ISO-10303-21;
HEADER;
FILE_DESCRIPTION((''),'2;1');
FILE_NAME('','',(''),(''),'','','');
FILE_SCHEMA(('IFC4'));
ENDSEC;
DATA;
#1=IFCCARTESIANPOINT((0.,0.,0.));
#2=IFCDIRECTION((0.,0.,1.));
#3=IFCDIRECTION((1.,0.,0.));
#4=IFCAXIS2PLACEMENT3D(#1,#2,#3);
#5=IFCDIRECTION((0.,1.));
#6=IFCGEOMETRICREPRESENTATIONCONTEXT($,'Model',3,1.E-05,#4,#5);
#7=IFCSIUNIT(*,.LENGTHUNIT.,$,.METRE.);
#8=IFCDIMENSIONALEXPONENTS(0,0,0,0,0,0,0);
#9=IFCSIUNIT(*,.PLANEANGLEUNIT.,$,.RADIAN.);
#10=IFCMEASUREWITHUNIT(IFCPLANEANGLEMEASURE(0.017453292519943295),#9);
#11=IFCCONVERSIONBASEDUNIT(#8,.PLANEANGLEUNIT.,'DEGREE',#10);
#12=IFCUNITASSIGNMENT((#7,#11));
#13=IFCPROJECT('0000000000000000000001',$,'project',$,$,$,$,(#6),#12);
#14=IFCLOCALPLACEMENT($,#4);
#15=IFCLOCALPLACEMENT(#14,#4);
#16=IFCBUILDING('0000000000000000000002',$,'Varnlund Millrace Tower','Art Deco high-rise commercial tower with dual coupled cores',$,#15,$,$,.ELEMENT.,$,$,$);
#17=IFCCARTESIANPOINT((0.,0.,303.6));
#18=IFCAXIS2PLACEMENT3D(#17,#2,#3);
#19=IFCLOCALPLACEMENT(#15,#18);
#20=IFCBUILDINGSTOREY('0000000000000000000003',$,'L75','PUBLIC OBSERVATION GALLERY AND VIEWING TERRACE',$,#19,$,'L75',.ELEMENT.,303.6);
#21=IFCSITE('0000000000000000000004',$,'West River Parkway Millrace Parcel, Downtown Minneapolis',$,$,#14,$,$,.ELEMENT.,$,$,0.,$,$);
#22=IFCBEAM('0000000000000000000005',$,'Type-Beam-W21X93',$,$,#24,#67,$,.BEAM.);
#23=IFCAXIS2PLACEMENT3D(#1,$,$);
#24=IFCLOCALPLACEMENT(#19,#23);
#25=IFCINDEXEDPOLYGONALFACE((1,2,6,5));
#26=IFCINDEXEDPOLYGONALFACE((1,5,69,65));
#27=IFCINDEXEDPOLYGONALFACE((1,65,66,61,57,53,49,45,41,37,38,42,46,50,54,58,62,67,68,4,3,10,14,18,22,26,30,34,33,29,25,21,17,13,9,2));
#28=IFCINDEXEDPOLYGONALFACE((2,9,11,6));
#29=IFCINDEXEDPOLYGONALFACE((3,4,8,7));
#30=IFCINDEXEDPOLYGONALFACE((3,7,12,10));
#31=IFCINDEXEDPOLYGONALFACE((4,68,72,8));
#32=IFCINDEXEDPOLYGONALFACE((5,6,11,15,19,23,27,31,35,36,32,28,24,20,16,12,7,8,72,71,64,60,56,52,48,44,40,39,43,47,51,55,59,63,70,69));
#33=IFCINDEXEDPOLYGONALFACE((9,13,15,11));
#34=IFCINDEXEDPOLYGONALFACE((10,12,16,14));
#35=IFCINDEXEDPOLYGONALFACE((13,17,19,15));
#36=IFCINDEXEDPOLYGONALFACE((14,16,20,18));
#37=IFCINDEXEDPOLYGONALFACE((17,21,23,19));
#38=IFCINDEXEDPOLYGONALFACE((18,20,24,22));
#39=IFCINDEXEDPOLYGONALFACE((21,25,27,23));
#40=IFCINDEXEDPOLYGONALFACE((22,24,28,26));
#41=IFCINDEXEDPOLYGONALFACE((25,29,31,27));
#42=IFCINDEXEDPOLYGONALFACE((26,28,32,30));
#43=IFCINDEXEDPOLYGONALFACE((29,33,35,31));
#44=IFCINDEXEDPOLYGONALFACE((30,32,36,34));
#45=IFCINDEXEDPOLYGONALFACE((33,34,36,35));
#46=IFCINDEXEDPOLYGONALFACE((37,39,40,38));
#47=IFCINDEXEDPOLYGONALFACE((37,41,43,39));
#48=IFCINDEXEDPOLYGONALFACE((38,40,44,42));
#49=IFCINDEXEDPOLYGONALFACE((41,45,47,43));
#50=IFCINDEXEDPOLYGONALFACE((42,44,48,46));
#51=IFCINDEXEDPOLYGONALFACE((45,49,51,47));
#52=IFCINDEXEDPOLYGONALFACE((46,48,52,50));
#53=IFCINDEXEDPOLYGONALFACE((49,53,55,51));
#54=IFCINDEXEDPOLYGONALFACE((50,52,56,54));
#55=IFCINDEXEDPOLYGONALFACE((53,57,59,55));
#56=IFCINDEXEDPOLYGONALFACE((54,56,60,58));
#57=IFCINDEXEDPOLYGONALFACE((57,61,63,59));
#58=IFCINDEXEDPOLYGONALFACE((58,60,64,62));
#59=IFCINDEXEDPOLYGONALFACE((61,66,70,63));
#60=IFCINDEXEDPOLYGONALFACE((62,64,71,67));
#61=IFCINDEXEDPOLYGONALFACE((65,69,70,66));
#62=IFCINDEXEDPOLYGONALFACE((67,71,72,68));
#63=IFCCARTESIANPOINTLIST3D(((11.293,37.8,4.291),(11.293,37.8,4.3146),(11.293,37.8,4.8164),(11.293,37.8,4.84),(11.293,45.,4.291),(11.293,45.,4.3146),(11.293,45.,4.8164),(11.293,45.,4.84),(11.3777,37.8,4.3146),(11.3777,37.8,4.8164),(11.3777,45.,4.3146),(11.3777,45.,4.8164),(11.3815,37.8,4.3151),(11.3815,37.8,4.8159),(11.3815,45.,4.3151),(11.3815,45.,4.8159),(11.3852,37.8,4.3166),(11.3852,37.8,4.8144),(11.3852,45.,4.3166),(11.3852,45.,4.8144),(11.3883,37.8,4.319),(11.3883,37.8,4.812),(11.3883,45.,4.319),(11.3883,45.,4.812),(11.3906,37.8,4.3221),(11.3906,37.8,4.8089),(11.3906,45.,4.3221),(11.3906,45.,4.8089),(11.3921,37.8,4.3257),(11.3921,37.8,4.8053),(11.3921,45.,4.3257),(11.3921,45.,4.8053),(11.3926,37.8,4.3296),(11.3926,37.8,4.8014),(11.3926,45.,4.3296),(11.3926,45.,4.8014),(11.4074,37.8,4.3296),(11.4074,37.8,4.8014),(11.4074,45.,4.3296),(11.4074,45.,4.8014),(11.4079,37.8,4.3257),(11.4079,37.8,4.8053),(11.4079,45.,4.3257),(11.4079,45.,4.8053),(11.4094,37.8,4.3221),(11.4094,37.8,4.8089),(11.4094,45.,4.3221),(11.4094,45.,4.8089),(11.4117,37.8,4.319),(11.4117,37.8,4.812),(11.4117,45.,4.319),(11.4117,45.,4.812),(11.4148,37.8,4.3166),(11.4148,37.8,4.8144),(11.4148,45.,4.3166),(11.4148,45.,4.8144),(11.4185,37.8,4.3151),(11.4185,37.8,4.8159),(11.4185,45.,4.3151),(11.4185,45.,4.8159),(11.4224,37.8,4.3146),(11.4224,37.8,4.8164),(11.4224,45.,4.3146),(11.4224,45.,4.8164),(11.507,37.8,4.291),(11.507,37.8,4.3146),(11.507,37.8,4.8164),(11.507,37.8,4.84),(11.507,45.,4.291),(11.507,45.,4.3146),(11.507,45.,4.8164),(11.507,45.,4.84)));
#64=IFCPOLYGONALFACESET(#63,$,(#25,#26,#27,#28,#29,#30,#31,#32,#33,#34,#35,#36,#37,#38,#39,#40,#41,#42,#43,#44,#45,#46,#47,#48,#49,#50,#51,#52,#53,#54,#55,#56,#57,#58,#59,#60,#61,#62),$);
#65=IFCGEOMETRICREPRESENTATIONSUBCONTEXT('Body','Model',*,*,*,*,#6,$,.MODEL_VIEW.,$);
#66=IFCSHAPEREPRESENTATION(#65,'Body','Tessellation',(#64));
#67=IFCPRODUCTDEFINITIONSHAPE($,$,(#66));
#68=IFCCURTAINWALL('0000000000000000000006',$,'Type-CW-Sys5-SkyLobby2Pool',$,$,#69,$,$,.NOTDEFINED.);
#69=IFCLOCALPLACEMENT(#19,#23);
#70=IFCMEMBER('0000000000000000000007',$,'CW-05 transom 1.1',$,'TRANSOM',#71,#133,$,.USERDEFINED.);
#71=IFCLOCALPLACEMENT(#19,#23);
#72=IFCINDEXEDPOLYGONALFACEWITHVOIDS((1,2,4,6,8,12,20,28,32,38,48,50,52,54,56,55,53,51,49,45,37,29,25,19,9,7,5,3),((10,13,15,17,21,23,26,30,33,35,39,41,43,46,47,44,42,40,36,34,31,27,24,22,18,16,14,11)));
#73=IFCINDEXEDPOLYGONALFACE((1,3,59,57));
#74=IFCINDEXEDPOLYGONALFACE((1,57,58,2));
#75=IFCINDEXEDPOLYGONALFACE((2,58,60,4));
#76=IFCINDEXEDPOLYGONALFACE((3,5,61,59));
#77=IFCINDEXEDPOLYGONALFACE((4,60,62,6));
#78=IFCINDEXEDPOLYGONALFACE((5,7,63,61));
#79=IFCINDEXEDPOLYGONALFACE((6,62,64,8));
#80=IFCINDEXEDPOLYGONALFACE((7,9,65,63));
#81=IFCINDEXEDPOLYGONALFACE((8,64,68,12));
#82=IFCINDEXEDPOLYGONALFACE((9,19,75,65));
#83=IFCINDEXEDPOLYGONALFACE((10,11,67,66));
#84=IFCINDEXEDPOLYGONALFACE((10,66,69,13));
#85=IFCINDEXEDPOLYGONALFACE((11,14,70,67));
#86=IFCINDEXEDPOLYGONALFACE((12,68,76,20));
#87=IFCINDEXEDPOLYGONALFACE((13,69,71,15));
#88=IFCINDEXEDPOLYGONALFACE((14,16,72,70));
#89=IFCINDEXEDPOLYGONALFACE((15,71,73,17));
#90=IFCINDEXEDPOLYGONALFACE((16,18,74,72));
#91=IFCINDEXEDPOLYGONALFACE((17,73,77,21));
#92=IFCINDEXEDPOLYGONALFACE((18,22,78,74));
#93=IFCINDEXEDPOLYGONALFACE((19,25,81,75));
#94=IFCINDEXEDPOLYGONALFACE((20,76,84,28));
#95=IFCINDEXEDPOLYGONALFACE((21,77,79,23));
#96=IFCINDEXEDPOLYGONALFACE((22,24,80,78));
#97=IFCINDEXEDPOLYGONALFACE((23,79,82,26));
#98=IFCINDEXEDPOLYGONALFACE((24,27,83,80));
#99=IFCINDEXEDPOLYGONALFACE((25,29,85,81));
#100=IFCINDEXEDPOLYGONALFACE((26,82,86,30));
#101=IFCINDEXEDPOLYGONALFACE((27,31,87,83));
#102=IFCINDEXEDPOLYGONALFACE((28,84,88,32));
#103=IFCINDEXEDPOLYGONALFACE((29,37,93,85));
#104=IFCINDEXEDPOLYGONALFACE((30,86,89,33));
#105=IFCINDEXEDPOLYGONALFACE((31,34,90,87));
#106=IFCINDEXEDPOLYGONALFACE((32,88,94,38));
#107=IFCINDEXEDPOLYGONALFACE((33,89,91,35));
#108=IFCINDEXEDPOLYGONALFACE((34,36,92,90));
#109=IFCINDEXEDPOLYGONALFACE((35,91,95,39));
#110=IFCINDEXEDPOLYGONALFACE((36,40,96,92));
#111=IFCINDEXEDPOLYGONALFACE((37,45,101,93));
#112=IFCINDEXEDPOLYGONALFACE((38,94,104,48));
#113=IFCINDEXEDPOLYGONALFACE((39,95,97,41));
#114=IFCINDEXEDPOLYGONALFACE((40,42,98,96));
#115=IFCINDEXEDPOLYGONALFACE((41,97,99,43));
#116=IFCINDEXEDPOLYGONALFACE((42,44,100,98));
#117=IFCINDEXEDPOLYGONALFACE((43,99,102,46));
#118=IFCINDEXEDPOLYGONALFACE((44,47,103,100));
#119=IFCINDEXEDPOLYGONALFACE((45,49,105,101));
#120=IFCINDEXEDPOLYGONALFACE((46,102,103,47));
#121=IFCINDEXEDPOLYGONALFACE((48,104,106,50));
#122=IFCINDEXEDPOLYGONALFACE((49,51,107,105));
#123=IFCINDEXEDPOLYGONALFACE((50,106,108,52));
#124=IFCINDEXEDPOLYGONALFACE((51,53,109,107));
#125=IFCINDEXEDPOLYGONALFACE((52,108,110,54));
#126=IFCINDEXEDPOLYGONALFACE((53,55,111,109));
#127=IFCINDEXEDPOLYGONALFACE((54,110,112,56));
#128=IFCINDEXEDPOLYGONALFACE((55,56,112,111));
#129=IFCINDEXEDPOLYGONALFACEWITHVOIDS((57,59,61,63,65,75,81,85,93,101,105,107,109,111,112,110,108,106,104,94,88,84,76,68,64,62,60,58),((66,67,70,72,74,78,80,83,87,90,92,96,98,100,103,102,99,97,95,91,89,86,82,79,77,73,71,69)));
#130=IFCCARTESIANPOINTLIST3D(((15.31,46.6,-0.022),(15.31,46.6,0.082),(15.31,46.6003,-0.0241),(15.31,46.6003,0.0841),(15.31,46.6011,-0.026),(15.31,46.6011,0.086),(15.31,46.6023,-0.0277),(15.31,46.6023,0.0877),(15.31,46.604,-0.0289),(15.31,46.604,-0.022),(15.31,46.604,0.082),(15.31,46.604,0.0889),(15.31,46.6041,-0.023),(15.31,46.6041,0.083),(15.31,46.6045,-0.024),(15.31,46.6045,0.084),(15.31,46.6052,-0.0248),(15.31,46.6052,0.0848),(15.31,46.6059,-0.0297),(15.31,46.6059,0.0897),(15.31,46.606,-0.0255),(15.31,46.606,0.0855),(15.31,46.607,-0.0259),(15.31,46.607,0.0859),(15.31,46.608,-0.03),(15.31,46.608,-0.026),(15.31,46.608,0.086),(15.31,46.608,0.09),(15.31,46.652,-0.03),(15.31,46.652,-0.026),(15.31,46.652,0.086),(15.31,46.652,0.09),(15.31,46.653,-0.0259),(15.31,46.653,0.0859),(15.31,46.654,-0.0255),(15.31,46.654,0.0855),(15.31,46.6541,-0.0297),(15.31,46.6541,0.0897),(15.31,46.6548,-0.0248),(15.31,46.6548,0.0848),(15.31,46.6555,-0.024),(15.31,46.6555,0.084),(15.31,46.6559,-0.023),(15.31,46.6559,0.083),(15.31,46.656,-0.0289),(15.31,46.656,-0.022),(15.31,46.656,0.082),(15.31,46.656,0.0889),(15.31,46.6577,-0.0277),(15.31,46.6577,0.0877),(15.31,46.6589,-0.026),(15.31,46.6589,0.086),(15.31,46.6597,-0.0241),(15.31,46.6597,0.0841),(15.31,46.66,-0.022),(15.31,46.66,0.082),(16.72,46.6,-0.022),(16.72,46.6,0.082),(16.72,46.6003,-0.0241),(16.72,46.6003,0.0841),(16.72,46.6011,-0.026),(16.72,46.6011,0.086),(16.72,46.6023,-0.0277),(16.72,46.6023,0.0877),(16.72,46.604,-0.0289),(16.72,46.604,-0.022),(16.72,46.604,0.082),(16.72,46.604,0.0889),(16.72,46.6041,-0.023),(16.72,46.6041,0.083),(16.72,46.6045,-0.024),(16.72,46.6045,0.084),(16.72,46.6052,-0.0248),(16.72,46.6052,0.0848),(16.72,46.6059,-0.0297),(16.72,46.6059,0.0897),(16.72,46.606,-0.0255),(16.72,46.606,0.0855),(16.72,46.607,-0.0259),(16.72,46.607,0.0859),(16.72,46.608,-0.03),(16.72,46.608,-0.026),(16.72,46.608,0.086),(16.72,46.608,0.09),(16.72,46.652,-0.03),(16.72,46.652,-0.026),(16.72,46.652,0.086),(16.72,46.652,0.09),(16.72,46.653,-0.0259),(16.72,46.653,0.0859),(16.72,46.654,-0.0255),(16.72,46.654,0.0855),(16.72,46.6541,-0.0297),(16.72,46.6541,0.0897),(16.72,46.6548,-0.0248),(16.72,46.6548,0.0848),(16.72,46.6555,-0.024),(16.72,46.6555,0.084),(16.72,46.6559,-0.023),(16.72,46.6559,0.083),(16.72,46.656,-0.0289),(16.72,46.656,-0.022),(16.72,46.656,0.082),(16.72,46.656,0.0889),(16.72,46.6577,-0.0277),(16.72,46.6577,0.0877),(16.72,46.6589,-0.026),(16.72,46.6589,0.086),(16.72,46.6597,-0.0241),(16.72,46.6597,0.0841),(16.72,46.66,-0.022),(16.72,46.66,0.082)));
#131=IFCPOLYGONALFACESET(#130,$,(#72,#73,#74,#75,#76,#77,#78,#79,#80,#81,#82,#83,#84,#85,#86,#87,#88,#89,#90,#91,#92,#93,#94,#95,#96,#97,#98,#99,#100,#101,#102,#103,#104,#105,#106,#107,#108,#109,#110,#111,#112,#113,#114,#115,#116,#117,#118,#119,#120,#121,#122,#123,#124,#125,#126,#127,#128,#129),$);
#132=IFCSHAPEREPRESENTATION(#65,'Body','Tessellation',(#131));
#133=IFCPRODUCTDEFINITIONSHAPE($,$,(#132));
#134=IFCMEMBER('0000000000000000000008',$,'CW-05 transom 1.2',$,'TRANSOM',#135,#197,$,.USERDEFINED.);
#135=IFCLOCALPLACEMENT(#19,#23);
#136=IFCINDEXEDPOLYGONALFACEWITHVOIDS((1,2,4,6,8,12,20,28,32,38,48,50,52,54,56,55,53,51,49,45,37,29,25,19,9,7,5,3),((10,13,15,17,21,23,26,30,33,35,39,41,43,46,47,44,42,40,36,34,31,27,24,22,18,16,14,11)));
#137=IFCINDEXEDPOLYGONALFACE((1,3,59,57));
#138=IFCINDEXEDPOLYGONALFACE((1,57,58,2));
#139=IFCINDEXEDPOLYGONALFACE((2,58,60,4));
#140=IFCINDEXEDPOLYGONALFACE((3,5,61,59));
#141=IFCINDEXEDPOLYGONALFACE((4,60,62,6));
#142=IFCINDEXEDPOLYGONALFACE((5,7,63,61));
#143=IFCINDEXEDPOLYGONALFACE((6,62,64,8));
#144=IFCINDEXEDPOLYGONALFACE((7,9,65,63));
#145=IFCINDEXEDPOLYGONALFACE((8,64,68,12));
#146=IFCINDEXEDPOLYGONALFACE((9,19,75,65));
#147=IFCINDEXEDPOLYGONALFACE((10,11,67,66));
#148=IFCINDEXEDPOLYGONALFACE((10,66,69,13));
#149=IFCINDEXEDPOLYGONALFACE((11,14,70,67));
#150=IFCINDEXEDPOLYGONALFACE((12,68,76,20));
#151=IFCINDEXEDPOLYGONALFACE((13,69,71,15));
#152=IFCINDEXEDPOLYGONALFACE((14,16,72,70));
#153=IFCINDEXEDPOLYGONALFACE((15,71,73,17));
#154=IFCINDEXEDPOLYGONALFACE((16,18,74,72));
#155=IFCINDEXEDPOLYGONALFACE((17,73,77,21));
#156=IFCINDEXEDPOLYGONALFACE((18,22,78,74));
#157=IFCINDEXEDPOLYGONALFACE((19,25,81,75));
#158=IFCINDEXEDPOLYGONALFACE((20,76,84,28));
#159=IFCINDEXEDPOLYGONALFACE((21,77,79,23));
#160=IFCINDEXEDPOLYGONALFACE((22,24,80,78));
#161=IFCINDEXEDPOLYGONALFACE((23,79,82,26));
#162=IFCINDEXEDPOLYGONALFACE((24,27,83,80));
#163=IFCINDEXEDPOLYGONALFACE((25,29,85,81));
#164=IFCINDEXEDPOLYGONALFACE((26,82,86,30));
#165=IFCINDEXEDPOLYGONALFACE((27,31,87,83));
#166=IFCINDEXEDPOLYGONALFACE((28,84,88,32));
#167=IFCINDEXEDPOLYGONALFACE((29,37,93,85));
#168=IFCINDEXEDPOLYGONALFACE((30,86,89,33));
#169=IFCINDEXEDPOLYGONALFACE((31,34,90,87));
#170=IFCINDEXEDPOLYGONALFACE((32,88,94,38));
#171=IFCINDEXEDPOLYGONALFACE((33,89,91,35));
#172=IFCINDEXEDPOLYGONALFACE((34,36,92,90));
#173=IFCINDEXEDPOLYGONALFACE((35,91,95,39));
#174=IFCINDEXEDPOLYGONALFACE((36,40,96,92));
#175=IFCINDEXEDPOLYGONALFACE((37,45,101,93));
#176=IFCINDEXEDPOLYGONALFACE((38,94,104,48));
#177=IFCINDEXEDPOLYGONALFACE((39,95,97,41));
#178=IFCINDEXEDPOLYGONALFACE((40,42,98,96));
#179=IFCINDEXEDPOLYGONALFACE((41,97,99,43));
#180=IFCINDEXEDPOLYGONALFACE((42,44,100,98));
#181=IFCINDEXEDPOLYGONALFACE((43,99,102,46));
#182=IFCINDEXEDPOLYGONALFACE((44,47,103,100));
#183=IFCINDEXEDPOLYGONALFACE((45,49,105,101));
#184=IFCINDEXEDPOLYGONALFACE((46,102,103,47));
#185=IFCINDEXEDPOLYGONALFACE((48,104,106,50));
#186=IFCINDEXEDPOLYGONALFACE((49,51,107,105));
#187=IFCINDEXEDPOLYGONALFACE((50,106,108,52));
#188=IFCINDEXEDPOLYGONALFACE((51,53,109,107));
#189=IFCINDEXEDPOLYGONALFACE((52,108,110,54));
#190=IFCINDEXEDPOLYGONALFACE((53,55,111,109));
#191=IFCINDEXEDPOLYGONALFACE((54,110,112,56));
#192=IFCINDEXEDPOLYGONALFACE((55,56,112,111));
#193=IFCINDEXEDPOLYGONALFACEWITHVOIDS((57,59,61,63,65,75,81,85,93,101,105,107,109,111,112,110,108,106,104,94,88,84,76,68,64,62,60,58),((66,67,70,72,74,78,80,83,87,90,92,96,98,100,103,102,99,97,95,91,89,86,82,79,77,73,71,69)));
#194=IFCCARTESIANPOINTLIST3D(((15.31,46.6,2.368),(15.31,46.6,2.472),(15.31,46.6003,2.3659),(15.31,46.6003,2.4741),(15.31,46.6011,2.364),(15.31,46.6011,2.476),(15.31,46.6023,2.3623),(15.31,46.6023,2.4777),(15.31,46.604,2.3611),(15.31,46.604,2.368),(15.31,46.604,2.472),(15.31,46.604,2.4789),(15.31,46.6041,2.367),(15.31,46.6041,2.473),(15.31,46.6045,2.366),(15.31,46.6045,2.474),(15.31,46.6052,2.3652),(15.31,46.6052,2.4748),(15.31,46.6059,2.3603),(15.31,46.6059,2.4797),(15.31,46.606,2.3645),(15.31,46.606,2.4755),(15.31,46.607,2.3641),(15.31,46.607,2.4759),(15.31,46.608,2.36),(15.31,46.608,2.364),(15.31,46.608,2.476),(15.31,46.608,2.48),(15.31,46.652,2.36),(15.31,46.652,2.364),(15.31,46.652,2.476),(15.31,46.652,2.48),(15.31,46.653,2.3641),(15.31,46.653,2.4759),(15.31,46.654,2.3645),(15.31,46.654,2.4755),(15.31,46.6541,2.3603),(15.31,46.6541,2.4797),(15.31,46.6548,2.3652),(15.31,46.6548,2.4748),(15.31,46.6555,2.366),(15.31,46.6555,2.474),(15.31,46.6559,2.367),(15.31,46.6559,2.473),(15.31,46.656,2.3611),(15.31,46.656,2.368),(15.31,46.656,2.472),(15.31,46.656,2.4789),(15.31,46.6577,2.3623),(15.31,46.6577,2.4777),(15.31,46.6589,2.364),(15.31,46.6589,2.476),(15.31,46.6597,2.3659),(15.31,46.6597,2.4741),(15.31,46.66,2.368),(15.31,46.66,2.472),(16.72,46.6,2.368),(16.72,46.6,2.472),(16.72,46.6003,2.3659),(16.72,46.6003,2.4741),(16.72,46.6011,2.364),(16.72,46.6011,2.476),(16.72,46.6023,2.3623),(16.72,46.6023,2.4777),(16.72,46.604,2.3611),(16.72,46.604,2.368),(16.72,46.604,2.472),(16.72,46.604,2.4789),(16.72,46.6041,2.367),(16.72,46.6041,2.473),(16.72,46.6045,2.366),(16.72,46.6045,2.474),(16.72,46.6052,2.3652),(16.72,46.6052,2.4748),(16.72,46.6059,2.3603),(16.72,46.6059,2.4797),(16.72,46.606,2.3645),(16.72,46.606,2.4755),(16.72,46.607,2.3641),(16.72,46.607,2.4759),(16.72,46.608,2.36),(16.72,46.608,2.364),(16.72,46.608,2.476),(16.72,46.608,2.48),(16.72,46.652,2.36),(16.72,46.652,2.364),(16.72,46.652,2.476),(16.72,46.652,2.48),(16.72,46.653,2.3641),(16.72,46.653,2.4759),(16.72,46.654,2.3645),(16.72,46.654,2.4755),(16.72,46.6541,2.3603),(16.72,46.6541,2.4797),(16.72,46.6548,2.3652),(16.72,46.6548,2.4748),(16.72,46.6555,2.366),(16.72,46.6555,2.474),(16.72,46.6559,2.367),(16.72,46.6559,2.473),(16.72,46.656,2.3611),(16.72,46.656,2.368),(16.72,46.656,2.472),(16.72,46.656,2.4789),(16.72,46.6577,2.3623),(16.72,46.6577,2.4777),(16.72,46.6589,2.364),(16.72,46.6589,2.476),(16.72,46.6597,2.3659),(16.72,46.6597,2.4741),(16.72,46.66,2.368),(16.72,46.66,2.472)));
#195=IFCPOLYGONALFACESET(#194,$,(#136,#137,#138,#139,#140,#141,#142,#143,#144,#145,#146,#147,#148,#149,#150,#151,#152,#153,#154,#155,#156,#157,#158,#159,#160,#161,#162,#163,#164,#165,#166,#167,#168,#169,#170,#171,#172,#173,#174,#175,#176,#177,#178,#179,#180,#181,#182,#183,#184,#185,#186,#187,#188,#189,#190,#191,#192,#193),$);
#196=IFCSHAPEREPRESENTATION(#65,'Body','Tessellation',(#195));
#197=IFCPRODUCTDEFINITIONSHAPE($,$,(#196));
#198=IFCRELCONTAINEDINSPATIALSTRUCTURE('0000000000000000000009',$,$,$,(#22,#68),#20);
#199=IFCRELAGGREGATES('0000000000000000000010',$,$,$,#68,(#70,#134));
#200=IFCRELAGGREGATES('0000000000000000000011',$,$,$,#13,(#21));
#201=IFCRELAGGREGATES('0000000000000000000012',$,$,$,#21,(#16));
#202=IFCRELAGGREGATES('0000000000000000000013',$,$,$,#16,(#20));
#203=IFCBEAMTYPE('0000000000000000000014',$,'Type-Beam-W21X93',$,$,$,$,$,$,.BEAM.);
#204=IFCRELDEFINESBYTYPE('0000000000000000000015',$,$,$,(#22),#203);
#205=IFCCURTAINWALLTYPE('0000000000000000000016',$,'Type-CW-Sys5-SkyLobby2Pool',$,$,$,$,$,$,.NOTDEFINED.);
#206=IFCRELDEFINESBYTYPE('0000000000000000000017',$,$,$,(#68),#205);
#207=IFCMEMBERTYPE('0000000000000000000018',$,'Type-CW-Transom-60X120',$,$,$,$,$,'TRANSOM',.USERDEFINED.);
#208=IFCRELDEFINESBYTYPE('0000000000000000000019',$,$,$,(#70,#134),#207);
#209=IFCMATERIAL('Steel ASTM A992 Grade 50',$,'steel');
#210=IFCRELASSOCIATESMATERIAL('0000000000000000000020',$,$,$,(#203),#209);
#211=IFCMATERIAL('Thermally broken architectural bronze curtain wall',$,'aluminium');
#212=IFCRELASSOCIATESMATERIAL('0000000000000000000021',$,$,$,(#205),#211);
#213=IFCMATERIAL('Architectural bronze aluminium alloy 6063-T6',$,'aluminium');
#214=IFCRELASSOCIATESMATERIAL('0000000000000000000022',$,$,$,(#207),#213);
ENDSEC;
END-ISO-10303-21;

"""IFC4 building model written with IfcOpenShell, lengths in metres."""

from ifc_helpers import new_model, entity, si_unit, converted_unit, direction, frame, origin_with_axes, origin_2d_with_axis, place, context, subcontext, project, spatial, hollow_rectangle, i_section, extrude, material, material_profile, profile_set, type_object, element, aggregate, save


model = new_model("IFC4")

# Units and contexts
model_context = context("Model", 3, precision=1e-05, world=origin_with_axes(), true_north=direction((0.0, 1.0)))
body_context = subcontext(model_context, "Body", "Model", "MODEL_VIEW")
ifc_project = project(units=[si_unit("LENGTHUNIT", "METRE"), converted_unit("PLANEANGLEUNIT", "DEGREE", entity("IfcPlaneAngleMeasure", 0.017453292519943295), si_unit("PLANEANGLEUNIT", "RADIAN"), dimensions=[0, 0, 0, 0, 0, 0, 0])], contexts=[model_context])

# Site, building, storey
site_placement = place(None, origin_with_axes())
site = spatial("IfcSite", under=ifc_project, at=site_placement, Name="West River Parkway Millrace Parcel, Downtown Minneapolis", CompositionType="ELEMENT", RefElevation=0.0)
building_placement = place(site_placement, origin_with_axes())
building = spatial("IfcBuilding", under=site, at=building_placement, Name="Varnlund Millrace Tower", Description="Art Deco high-rise commercial tower with dual coupled cores", CompositionType="ELEMENT")
storey_placement = place(building_placement, frame((0.0, 0.0, 303.6), z_axis=(0.0, 0.0, 1.0), x_axis=(1.0, 0.0, 0.0)))
storey = spatial("IfcBuildingStorey", under=building, at=storey_placement, Name="L75", Description="PUBLIC OBSERVATION GALLERY AND VIEWING TERRACE", LongName="L75", CompositionType="ELEMENT", Elevation=303.6)

# Beam
ifc_material_1 = material(Name="Steel ASTM A992 Grade 50", Category="steel")
ifc_material_profile_1 = material_profile(ifc_material_1, i_section(OverallWidth=0.214, OverallDepth=0.549, WebThickness=0.0147, FlangeThickness=0.0236, FilletRadius=0.015, at=origin_2d_with_axis()), Name="Steel ASTM A992 Grade 50")
ifc_profile_set_1 = profile_set([ifc_material_profile_1], Name="Steel ASTM A992 Grade 50")
beam_type_1 = type_object("IfcBeamType", Name="Type-Beam-W21X93", PredefinedType="BEAM", material=ifc_profile_set_1)
beam_1_placement = place(storey_placement, frame((11.4, 37.8, 4.5655), z_axis=(0.0, 1.0, 0.0), x_axis=(-1.0, 0.0, 0.0)))
element("IfcBeam", 1, at=beam_1_placement, inside=storey, type_object=beam_type_1, Name="Type-Beam-W21X93", PredefinedType="BEAM", context=body_context, shape_type="SweptSolid", body=[
    extrude(i_section(OverallWidth=0.214, OverallDepth=0.549, WebThickness=0.0147, FlangeThickness=0.0236, FilletRadius=0.015, at=origin_2d_with_axis()), origin_with_axes(), (0.0, 0.0, 1.0), 7.2),
])

# Curtain wall, members
ifc_material_2 = material(Name="Thermally broken architectural bronze curtain wall", Category="aluminium")
curtain_wall_type = type_object("IfcCurtainWallType", Name="Type-CW-Sys5-SkyLobby2Pool", PredefinedType="NOTDEFINED", material=ifc_material_2)
curtain_wall_placement = place(storey_placement, frame((15.25, 46.63, 0.0), z_axis=(0.0, 0.0, 1.0), x_axis=(1.0, 0.0, 0.0)))
curtain_wall = element("IfcCurtainWall", 2, at=curtain_wall_placement, inside=storey, type_object=curtain_wall_type, Name="Type-CW-Sys5-SkyLobby2Pool", PredefinedType="NOTDEFINED")
ifc_material_3 = material(Name="Architectural bronze aluminium alloy 6063-T6", Category="aluminium")
ifc_material_profile_2 = material_profile(ifc_material_3, hollow_rectangle(XDim=0.06, YDim=0.12, WallThickness=0.004, InnerFilletRadius=0.004, OuterFilletRadius=0.008, at=origin_2d_with_axis()), Name="Architectural bronze aluminium alloy 6063-T6")
ifc_profile_set_2 = profile_set([ifc_material_profile_2], Name="Architectural bronze aluminium alloy 6063-T6")
member_type = type_object("IfcMemberType", Name="Type-CW-Transom-60X120", ElementType="TRANSOM", PredefinedType="USERDEFINED", material=ifc_profile_set_2)
member_1_placement = place(storey_placement, frame((15.31, 46.63, 0.03), z_axis=(1.0, 0.0, 0.0), x_axis=(0.0, 1.0, 0.0)))
member_1 = element("IfcMember", 3, at=member_1_placement, type_object=member_type, Name="CW-05 transom 1.1", ObjectType="TRANSOM", PredefinedType="USERDEFINED", context=body_context, shape_type="SweptSolid", body=[
    extrude(hollow_rectangle(XDim=0.06, YDim=0.12, WallThickness=0.004, InnerFilletRadius=0.004, OuterFilletRadius=0.008, at=origin_2d_with_axis()), origin_with_axes(), (0.0, 0.0, 1.0), 1.41),
])
member_2_placement = place(storey_placement, frame((15.31, 46.63, 2.42), z_axis=(1.0, 0.0, 0.0), x_axis=(0.0, 1.0, 0.0)))
member_2 = element("IfcMember", 4, at=member_2_placement, type_object=member_type, Name="CW-05 transom 1.2", ObjectType="TRANSOM", PredefinedType="USERDEFINED", context=body_context, shape_type="SweptSolid", body=[
    extrude(hollow_rectangle(XDim=0.06, YDim=0.12, WallThickness=0.004, InnerFilletRadius=0.004, OuterFilletRadius=0.008, at=origin_2d_with_axis()), origin_with_axes(), (0.0, 0.0, 1.0), 1.41),
])

aggregate(curtain_wall, [member_1, member_2])

save(model, "model.ifc")
